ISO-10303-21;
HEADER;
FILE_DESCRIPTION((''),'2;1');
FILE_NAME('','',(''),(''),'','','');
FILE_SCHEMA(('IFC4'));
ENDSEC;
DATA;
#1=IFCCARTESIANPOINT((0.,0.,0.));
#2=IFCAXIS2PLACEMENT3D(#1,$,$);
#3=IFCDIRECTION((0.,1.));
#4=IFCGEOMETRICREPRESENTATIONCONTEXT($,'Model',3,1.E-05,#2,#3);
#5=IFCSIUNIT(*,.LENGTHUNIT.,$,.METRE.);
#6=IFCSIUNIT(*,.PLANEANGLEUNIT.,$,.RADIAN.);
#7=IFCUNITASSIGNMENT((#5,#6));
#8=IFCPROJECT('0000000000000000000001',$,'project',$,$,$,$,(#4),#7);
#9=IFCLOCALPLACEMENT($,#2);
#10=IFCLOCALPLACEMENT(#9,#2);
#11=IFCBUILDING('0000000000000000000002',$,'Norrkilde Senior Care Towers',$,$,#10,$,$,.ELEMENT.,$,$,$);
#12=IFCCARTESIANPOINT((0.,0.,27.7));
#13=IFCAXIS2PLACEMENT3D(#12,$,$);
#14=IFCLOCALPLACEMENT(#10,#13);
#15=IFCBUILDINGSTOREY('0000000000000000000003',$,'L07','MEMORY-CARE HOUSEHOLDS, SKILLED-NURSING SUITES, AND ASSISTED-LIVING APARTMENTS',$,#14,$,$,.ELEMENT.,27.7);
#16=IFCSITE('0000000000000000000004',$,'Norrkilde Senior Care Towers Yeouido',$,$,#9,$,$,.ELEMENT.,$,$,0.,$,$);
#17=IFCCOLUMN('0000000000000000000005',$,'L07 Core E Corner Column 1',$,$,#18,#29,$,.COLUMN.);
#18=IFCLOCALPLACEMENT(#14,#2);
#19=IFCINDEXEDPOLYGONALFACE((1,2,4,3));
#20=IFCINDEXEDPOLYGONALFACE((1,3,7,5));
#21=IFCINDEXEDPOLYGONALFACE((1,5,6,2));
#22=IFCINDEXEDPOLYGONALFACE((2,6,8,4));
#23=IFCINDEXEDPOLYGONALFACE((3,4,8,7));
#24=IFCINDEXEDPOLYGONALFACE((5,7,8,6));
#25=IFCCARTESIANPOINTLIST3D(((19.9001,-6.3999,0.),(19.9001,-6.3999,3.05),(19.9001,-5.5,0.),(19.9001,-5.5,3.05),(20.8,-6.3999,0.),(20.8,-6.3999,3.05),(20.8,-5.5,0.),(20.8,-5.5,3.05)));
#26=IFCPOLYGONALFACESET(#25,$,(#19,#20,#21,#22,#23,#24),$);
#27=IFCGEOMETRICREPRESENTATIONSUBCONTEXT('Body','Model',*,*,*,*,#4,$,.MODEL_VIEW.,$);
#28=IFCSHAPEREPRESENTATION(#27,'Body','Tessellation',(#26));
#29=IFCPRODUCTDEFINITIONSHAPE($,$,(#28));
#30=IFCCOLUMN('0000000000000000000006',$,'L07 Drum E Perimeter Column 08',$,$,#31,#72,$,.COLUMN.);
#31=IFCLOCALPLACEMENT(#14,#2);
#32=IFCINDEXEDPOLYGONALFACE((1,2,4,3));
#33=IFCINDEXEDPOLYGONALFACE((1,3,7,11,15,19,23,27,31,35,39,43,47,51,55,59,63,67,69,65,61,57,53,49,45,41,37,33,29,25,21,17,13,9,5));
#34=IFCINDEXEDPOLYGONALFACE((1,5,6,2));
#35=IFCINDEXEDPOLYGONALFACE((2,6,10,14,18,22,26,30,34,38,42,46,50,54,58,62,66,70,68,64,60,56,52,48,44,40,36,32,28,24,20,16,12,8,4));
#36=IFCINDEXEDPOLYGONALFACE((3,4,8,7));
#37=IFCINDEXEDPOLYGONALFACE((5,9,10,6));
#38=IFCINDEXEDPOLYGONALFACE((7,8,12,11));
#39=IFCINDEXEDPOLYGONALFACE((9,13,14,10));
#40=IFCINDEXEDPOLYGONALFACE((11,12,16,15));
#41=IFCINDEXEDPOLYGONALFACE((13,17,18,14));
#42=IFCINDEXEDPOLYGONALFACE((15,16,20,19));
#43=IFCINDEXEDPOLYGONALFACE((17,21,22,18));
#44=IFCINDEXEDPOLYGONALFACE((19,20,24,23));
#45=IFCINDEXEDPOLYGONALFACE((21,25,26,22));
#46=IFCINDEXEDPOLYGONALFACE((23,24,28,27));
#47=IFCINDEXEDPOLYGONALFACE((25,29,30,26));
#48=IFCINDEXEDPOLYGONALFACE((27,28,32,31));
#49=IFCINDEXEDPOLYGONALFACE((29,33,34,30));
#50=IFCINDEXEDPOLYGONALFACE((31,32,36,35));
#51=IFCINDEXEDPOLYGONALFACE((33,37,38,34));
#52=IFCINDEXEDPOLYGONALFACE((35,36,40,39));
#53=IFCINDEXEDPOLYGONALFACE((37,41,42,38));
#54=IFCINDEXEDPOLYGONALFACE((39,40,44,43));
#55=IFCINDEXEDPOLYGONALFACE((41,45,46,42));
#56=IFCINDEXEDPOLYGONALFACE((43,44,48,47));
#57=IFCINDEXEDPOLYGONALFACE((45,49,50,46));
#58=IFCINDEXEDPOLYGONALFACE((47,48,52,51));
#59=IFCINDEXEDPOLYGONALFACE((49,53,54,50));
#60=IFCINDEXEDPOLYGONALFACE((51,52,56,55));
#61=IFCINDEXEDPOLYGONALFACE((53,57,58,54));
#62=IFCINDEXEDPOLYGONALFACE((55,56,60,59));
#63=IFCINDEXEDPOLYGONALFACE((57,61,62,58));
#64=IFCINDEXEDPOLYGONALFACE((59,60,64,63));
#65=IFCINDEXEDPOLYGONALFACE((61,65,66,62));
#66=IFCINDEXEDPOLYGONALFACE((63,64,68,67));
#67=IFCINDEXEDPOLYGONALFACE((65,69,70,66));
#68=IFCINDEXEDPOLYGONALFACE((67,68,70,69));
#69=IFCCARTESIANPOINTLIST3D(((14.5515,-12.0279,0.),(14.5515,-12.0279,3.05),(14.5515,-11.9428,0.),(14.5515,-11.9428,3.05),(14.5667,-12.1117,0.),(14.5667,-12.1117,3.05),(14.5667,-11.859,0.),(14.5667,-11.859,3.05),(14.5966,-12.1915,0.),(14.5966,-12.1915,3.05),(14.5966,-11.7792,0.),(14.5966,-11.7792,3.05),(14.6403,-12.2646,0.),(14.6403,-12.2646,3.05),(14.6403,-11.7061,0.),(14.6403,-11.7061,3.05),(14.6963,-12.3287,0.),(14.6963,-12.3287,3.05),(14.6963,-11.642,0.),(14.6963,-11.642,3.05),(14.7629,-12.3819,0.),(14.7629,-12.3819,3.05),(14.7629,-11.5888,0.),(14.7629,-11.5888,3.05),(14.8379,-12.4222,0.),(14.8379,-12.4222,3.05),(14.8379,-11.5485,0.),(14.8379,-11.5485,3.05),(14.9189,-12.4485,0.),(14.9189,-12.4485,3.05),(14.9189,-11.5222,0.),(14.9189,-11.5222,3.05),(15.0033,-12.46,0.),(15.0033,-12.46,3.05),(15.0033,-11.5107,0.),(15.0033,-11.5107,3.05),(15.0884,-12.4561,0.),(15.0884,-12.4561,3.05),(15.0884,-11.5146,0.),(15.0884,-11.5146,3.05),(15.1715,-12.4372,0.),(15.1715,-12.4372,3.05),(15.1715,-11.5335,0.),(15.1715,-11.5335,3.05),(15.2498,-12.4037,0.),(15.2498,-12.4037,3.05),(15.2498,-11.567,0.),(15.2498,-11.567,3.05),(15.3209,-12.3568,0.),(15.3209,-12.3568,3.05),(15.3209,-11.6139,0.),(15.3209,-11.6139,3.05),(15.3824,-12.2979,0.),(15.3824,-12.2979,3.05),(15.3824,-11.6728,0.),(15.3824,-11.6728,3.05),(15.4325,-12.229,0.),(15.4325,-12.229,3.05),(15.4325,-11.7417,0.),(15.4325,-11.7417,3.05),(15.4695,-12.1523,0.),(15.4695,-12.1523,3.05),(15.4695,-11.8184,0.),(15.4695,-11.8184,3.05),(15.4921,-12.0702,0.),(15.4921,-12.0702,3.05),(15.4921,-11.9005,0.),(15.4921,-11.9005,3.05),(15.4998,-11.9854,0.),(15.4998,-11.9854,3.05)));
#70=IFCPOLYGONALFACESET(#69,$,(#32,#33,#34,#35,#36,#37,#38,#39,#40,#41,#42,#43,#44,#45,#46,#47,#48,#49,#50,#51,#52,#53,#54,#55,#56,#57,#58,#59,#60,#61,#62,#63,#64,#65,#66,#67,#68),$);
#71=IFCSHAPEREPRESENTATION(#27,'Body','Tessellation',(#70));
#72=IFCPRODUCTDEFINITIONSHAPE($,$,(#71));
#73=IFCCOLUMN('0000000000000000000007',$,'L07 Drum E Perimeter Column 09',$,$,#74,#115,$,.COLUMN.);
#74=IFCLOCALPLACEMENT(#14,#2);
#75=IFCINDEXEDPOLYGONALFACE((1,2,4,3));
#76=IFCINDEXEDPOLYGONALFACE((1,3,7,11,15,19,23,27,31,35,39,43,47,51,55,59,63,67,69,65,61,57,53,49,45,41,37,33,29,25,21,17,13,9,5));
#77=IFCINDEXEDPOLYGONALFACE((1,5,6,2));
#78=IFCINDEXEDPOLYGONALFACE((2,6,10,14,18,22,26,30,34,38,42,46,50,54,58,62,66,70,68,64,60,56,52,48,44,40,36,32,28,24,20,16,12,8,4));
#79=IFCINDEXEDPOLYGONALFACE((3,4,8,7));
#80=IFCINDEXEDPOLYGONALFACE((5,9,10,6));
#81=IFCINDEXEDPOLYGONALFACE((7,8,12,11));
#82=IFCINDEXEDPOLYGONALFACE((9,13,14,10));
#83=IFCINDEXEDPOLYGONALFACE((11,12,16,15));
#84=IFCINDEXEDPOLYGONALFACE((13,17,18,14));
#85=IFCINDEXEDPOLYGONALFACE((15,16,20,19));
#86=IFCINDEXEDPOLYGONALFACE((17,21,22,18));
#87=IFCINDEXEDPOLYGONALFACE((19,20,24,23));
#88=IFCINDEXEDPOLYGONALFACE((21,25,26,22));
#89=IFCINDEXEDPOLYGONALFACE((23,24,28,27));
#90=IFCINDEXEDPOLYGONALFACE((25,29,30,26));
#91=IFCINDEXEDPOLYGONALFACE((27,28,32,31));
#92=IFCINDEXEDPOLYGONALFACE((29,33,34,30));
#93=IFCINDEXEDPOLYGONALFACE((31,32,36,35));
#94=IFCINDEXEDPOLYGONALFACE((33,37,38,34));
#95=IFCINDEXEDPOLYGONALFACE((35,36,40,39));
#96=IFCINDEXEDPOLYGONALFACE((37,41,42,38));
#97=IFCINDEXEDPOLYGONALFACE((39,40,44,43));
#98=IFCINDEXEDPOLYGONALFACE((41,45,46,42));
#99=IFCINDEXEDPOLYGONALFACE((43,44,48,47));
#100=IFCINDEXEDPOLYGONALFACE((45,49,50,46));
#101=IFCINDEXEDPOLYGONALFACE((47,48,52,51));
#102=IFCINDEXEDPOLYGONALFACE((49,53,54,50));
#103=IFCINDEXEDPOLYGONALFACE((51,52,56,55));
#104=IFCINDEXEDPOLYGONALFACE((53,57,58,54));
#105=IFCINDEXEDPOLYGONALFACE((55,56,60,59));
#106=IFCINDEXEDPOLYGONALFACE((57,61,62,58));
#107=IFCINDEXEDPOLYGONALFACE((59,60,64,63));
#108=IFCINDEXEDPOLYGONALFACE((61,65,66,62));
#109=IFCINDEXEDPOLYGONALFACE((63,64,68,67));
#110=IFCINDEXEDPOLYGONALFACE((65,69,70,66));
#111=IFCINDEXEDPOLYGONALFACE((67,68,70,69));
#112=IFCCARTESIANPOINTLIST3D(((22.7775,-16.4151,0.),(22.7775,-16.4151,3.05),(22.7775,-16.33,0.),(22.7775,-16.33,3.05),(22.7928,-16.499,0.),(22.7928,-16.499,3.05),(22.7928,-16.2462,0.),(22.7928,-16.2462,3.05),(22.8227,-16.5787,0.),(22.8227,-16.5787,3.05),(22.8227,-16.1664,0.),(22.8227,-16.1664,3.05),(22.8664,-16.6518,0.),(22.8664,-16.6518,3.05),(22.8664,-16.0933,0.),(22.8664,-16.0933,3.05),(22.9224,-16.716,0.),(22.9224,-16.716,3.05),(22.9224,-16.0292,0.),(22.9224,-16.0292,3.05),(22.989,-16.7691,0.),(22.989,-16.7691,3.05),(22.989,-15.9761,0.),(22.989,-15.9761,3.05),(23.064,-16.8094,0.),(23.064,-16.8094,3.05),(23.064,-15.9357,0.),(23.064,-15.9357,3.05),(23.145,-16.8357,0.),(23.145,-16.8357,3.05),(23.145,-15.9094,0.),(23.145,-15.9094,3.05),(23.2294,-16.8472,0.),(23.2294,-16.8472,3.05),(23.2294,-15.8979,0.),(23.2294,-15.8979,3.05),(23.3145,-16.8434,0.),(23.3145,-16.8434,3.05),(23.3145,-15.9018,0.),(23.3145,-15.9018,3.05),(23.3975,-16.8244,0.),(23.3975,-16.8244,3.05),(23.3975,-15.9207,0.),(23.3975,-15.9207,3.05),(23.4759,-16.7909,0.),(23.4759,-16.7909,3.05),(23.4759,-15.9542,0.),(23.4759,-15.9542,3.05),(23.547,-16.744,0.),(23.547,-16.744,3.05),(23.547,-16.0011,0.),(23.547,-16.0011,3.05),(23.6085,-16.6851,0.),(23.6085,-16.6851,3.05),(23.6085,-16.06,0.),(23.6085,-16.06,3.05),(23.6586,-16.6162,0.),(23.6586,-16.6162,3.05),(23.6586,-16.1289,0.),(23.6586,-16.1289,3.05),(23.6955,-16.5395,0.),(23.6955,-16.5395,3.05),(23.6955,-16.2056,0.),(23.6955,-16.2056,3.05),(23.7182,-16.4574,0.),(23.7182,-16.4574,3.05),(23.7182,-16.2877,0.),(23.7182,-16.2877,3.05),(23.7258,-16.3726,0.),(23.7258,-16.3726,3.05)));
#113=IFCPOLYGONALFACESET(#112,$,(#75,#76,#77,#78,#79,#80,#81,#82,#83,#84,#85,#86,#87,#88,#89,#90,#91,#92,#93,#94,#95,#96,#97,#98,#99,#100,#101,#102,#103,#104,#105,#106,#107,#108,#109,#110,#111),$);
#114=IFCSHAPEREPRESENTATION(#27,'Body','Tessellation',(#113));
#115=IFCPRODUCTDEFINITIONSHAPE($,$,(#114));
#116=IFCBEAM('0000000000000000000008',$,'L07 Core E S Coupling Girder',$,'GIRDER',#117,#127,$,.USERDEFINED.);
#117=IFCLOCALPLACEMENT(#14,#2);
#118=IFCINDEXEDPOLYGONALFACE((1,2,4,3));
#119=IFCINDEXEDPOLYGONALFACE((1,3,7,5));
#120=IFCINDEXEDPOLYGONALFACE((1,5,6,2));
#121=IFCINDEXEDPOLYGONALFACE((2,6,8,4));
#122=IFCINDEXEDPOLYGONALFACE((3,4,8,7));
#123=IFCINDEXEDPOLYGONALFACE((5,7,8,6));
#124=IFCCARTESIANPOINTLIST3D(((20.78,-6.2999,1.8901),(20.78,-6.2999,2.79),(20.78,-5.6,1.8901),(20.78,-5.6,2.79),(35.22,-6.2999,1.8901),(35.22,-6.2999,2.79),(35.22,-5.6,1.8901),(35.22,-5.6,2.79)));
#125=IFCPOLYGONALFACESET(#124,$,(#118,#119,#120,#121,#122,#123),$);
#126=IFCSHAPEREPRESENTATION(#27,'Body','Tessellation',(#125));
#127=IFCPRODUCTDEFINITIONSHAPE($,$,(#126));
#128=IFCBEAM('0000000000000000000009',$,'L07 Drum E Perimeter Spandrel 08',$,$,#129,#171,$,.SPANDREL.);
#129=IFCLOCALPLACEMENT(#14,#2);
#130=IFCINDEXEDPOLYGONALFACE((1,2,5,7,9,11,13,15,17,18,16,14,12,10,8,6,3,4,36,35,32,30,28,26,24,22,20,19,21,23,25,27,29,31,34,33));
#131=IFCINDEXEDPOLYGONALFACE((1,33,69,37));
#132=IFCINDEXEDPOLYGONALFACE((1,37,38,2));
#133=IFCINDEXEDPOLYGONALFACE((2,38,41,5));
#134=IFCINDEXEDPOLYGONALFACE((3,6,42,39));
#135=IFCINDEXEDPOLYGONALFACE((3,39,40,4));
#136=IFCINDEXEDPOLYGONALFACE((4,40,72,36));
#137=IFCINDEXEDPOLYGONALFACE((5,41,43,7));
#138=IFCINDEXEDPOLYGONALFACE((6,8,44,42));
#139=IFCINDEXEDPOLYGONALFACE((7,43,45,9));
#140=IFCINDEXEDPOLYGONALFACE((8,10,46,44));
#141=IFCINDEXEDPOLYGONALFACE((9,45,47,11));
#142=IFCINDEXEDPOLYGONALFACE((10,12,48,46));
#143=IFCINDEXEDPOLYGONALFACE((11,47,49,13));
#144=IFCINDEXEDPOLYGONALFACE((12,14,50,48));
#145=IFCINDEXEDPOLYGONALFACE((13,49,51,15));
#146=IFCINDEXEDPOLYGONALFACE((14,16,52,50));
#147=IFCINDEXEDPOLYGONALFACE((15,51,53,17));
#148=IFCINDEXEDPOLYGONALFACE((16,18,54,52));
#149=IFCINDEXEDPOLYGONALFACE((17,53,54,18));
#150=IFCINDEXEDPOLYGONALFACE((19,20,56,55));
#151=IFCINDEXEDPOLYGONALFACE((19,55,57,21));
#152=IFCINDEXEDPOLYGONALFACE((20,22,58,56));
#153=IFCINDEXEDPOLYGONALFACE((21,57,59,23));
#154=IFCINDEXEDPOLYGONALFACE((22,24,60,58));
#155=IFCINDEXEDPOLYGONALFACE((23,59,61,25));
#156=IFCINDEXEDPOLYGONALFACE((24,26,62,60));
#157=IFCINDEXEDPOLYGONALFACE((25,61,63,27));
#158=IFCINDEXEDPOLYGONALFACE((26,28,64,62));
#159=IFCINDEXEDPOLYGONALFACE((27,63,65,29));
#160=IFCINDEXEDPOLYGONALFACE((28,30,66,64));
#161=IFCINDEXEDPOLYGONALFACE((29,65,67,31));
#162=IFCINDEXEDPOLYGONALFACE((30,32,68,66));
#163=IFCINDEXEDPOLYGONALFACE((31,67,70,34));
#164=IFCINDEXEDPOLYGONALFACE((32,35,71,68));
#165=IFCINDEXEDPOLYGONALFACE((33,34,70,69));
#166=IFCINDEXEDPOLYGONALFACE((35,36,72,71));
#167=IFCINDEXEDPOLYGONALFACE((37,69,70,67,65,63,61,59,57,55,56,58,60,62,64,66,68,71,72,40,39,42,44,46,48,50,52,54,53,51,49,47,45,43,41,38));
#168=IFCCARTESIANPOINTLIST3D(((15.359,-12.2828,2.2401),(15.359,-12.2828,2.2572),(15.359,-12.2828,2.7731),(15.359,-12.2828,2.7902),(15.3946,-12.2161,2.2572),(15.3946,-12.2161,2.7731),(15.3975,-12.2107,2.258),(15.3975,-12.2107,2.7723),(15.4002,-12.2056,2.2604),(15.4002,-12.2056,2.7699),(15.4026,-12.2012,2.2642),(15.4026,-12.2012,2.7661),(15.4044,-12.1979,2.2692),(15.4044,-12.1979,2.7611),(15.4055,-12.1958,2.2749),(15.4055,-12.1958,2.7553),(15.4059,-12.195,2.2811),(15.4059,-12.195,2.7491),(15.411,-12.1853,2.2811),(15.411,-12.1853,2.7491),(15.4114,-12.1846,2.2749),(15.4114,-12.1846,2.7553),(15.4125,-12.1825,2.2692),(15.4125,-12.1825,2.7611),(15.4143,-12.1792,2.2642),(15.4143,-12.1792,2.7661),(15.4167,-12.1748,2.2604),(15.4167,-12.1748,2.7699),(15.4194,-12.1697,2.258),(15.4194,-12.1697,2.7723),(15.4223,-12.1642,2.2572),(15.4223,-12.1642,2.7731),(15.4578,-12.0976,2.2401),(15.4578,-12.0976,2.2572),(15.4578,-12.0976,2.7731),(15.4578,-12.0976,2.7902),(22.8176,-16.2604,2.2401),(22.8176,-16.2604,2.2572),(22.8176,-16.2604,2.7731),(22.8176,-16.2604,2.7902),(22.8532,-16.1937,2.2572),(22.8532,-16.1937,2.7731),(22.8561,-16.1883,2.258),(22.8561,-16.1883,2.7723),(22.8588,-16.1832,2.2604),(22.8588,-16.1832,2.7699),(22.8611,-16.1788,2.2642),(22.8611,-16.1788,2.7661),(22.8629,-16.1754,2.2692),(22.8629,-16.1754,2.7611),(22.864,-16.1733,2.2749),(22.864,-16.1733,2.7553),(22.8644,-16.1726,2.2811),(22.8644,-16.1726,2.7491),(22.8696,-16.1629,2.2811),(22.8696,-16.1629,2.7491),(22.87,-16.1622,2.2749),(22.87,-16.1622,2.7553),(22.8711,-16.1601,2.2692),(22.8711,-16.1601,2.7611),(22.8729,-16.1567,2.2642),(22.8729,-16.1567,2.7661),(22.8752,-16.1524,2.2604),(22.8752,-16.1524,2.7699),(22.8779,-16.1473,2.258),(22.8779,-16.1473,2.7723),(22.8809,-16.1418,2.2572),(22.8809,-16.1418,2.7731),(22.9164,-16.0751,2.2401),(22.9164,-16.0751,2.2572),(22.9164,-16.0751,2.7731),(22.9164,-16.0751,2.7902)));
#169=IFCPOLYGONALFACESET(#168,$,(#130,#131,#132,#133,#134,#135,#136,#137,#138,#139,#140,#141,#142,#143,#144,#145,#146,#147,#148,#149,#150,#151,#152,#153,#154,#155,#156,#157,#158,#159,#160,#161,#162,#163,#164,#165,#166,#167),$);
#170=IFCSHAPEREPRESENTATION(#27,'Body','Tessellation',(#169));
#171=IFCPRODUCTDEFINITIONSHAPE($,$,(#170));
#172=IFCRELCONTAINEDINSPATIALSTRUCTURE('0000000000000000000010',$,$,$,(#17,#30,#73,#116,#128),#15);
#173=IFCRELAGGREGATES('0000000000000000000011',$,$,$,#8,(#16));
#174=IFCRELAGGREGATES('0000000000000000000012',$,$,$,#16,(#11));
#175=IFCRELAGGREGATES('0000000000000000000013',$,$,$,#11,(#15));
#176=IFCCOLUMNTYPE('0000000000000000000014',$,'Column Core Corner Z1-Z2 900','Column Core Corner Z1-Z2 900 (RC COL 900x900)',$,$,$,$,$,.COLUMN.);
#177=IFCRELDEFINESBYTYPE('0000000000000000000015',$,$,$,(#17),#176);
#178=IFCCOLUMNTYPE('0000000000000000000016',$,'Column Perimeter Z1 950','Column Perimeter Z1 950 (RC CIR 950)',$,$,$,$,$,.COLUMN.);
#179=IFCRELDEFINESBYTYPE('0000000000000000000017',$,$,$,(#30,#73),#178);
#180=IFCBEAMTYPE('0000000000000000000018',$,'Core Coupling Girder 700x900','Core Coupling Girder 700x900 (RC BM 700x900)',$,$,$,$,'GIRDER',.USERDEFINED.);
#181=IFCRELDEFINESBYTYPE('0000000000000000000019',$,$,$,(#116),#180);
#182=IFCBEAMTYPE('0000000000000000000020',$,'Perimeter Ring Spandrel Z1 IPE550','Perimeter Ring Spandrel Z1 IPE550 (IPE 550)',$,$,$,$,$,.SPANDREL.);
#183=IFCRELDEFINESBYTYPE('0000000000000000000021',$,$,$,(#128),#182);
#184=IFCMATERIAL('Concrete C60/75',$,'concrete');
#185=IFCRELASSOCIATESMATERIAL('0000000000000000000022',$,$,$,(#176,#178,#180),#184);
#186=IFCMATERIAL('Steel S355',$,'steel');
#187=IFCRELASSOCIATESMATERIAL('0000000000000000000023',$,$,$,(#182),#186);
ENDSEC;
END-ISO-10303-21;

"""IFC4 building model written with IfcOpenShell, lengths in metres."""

from ifc_helpers import new_model, si_unit, direction, frame, origin, origin_2d, place, context, subcontext, project, spatial, rectangle, circle, i_section, extrude, source, transform, mapped, material, material_profile, profile_set, type_object, type_shapes, element, save


model = new_model("IFC4")

# Units and contexts
model_context = context("Model", 3, precision=1e-05, world=origin(), true_north=direction((0.0, 1.0)))
body_context = subcontext(model_context, "Body", "Model", "MODEL_VIEW")
ifc_project = project(units=[si_unit("LENGTHUNIT", "METRE"), si_unit("PLANEANGLEUNIT", "RADIAN")], contexts=[model_context])

# Site, building, storey
site_placement = place(None, origin())
site = spatial("IfcSite", under=ifc_project, at=site_placement, Name="Norrkilde Senior Care Towers Yeouido", CompositionType="ELEMENT", RefElevation=0.0)
building_placement = place(site_placement, origin())
building = spatial("IfcBuilding", under=site, at=building_placement, Name="Norrkilde Senior Care Towers", CompositionType="ELEMENT")
storey_placement = place(building_placement, frame((0.0, 0.0, 27.7)))
storey = spatial("IfcBuildingStorey", under=building, at=storey_placement, Name="L07", Description="MEMORY-CARE HOUSEHOLDS, SKILLED-NURSING SUITES, AND ASSISTED-LIVING APARTMENTS", CompositionType="ELEMENT", Elevation=27.7)

# Columns
ifc_material_1 = material(Name="Concrete C60/75", Category="concrete")
ifc_material_profile_1 = material_profile(ifc_material_1, rectangle(XDim=0.8999, YDim=0.8999, at=origin_2d()), Name="RC COL 900x900")
ifc_profile_set_1 = profile_set([ifc_material_profile_1], Name="Concrete C60/75")
column_type_1 = type_object("IfcColumnType", Name="Column Core Corner Z1-Z2 900", Description="Column Core Corner Z1-Z2 900 (RC COL 900x900)", PredefinedType="COLUMN", material=ifc_profile_set_1)
shared_shape_1 = source(origin(), body_context, "Body", "SweptSolid", [
    extrude(rectangle(XDim=0.8999, YDim=0.8999, at=origin_2d()), origin(), (0.0, 0.0, 1.0), 3.05),
])
type_shapes(column_type_1, [shared_shape_1])
column_placement = place(storey_placement, frame((20.3501, -5.95, 0.0), z_axis=(0.0, 0.0, 1.0), x_axis=(1.0, 0.0, 0.0)))
element("IfcColumn", 1, at=column_placement, inside=storey, type_object=column_type_1, Name="L07 Core E Corner Column 1", PredefinedType="COLUMN", context=body_context, shape_type="MappedRepresentation", body=[
    mapped(shared_shape_1, transform((0.0, 0.0, 0.0), x_axis=(1.0, 0.0, 0.0), y_axis=(0.0, 1.0, 0.0), z_axis=(0.0, 0.0, 1.0), scale=1.0)),
])
ifc_material_profile_2 = material_profile(ifc_material_1, circle(Radius=0.4751, at=origin_2d()), Name="RC CIR 950")
ifc_profile_set_2 = profile_set([ifc_material_profile_2], Name="Concrete C60/75")
column_type_2 = type_object("IfcColumnType", Name="Column Perimeter Z1 950", Description="Column Perimeter Z1 950 (RC CIR 950)", PredefinedType="COLUMN", material=ifc_profile_set_2)
shared_shape_2 = source(origin(), body_context, "Body", "SweptSolid", [
    extrude(circle(Radius=0.4751, at=origin_2d()), origin(), (0.0, 0.0, 1.0), 3.05),
])
type_shapes(column_type_2, [shared_shape_2])
for number, where, z_axis, x_axis, name in (
    (2, (15.0247, -11.9854, 0.0), (0.0, 0.0, 1.0), (1.0, 0.0, 0.0), "L07 Drum E Perimeter Column 08"),
    (3, (23.2507, -16.3726, 0.0), (0.0, 0.0, 1.0), (1.0, 0.0, 0.0), "L07 Drum E Perimeter Column 09"),
):
    element("IfcColumn", number, at=place(storey_placement, frame(where, z_axis=z_axis, x_axis=x_axis)), inside=storey, type_object=column_type_2, Name=name, PredefinedType="COLUMN", context=body_context, shape_type="MappedRepresentation", body=[
        mapped(shared_shape_2, transform((0.0, 0.0, 0.0), x_axis=(1.0, 0.0, 0.0), y_axis=(0.0, 1.0, 0.0), z_axis=(0.0, 0.0, 1.0), scale=1.0)),
    ])

# Beams
ifc_material_profile_3 = material_profile(ifc_material_1, rectangle(XDim=0.7, YDim=0.8999, at=origin_2d()), Name="RC BM 700x900")
ifc_profile_set_3 = profile_set([ifc_material_profile_3], Name="Concrete C60/75")
beam_type_1 = type_object("IfcBeamType", Name="Core Coupling Girder 700x900", Description="Core Coupling Girder 700x900 (RC BM 700x900)", ElementType="GIRDER", PredefinedType="USERDEFINED", material=ifc_profile_set_3)
shared_shape_3 = source(origin(), body_context, "Body", "SweptSolid", [
    extrude(rectangle(XDim=0.7, YDim=0.8999, at=origin_2d()), origin(), (0.0, 0.0, 1.0), 14.4399),
])
type_shapes(beam_type_1, [shared_shape_3])
beam_1_placement = place(storey_placement, frame((20.78, -5.95, 2.3401), z_axis=(1.0, 0.0, 0.0), x_axis=(0.0, 1.0, 0.0)))
element("IfcBeam", 4, at=beam_1_placement, inside=storey, type_object=beam_type_1, Name="L07 Core E S Coupling Girder", ObjectType="GIRDER", PredefinedType="USERDEFINED", context=body_context, shape_type="MappedRepresentation", body=[
    mapped(shared_shape_3, transform((0.0, 0.0, 0.0), x_axis=(1.0, 0.0, 0.0), y_axis=(0.0, 1.0, 0.0), z_axis=(0.0, 0.0, 1.0), scale=1.0)),
])
ifc_material_2 = material(Name="Steel S355", Category="steel")
ifc_material_profile_4 = material_profile(ifc_material_2, i_section(OverallWidth=0.21, OverallDepth=0.55, WebThickness=0.011, FlangeThickness=0.0171, FilletRadius=0.0239, at=origin_2d()), Name="IPE 550")
ifc_profile_set_4 = profile_set([ifc_material_profile_4], Name="Steel S355")
beam_type_2 = type_object("IfcBeamType", Name="Perimeter Ring Spandrel Z1 IPE550", Description="Perimeter Ring Spandrel Z1 IPE550 (IPE 550)", PredefinedType="SPANDREL", material=ifc_profile_set_4)
shared_shape_4 = source(origin(), body_context, "Body", "SweptSolid", [
    extrude(i_section(OverallWidth=0.21, OverallDepth=0.55, WebThickness=0.011, FlangeThickness=0.0171, FilletRadius=0.0239, at=origin_2d()), origin(), (0.0, 0.0, 1.0), 8.4529),
])
beam_2_placement = place(storey_placement, frame((15.4084, -12.1902, 2.5151), z_axis=(0.882369, -0.470558, 0.0), x_axis=(0.470558, 0.882369, 0.0)))
element("IfcBeam", 5, at=beam_2_placement, inside=storey, type_object=beam_type_2, Name="L07 Drum E Perimeter Spandrel 08", PredefinedType="SPANDREL", context=body_context, shape_type="MappedRepresentation", body=[
    mapped(shared_shape_4, transform((0.0, 0.0, 0.0), x_axis=(1.0, 0.0, 0.0), y_axis=(0.0, 1.0, 0.0), z_axis=(0.0, 0.0, 1.0), scale=1.0)),
])

save(model, "model.ifc")
